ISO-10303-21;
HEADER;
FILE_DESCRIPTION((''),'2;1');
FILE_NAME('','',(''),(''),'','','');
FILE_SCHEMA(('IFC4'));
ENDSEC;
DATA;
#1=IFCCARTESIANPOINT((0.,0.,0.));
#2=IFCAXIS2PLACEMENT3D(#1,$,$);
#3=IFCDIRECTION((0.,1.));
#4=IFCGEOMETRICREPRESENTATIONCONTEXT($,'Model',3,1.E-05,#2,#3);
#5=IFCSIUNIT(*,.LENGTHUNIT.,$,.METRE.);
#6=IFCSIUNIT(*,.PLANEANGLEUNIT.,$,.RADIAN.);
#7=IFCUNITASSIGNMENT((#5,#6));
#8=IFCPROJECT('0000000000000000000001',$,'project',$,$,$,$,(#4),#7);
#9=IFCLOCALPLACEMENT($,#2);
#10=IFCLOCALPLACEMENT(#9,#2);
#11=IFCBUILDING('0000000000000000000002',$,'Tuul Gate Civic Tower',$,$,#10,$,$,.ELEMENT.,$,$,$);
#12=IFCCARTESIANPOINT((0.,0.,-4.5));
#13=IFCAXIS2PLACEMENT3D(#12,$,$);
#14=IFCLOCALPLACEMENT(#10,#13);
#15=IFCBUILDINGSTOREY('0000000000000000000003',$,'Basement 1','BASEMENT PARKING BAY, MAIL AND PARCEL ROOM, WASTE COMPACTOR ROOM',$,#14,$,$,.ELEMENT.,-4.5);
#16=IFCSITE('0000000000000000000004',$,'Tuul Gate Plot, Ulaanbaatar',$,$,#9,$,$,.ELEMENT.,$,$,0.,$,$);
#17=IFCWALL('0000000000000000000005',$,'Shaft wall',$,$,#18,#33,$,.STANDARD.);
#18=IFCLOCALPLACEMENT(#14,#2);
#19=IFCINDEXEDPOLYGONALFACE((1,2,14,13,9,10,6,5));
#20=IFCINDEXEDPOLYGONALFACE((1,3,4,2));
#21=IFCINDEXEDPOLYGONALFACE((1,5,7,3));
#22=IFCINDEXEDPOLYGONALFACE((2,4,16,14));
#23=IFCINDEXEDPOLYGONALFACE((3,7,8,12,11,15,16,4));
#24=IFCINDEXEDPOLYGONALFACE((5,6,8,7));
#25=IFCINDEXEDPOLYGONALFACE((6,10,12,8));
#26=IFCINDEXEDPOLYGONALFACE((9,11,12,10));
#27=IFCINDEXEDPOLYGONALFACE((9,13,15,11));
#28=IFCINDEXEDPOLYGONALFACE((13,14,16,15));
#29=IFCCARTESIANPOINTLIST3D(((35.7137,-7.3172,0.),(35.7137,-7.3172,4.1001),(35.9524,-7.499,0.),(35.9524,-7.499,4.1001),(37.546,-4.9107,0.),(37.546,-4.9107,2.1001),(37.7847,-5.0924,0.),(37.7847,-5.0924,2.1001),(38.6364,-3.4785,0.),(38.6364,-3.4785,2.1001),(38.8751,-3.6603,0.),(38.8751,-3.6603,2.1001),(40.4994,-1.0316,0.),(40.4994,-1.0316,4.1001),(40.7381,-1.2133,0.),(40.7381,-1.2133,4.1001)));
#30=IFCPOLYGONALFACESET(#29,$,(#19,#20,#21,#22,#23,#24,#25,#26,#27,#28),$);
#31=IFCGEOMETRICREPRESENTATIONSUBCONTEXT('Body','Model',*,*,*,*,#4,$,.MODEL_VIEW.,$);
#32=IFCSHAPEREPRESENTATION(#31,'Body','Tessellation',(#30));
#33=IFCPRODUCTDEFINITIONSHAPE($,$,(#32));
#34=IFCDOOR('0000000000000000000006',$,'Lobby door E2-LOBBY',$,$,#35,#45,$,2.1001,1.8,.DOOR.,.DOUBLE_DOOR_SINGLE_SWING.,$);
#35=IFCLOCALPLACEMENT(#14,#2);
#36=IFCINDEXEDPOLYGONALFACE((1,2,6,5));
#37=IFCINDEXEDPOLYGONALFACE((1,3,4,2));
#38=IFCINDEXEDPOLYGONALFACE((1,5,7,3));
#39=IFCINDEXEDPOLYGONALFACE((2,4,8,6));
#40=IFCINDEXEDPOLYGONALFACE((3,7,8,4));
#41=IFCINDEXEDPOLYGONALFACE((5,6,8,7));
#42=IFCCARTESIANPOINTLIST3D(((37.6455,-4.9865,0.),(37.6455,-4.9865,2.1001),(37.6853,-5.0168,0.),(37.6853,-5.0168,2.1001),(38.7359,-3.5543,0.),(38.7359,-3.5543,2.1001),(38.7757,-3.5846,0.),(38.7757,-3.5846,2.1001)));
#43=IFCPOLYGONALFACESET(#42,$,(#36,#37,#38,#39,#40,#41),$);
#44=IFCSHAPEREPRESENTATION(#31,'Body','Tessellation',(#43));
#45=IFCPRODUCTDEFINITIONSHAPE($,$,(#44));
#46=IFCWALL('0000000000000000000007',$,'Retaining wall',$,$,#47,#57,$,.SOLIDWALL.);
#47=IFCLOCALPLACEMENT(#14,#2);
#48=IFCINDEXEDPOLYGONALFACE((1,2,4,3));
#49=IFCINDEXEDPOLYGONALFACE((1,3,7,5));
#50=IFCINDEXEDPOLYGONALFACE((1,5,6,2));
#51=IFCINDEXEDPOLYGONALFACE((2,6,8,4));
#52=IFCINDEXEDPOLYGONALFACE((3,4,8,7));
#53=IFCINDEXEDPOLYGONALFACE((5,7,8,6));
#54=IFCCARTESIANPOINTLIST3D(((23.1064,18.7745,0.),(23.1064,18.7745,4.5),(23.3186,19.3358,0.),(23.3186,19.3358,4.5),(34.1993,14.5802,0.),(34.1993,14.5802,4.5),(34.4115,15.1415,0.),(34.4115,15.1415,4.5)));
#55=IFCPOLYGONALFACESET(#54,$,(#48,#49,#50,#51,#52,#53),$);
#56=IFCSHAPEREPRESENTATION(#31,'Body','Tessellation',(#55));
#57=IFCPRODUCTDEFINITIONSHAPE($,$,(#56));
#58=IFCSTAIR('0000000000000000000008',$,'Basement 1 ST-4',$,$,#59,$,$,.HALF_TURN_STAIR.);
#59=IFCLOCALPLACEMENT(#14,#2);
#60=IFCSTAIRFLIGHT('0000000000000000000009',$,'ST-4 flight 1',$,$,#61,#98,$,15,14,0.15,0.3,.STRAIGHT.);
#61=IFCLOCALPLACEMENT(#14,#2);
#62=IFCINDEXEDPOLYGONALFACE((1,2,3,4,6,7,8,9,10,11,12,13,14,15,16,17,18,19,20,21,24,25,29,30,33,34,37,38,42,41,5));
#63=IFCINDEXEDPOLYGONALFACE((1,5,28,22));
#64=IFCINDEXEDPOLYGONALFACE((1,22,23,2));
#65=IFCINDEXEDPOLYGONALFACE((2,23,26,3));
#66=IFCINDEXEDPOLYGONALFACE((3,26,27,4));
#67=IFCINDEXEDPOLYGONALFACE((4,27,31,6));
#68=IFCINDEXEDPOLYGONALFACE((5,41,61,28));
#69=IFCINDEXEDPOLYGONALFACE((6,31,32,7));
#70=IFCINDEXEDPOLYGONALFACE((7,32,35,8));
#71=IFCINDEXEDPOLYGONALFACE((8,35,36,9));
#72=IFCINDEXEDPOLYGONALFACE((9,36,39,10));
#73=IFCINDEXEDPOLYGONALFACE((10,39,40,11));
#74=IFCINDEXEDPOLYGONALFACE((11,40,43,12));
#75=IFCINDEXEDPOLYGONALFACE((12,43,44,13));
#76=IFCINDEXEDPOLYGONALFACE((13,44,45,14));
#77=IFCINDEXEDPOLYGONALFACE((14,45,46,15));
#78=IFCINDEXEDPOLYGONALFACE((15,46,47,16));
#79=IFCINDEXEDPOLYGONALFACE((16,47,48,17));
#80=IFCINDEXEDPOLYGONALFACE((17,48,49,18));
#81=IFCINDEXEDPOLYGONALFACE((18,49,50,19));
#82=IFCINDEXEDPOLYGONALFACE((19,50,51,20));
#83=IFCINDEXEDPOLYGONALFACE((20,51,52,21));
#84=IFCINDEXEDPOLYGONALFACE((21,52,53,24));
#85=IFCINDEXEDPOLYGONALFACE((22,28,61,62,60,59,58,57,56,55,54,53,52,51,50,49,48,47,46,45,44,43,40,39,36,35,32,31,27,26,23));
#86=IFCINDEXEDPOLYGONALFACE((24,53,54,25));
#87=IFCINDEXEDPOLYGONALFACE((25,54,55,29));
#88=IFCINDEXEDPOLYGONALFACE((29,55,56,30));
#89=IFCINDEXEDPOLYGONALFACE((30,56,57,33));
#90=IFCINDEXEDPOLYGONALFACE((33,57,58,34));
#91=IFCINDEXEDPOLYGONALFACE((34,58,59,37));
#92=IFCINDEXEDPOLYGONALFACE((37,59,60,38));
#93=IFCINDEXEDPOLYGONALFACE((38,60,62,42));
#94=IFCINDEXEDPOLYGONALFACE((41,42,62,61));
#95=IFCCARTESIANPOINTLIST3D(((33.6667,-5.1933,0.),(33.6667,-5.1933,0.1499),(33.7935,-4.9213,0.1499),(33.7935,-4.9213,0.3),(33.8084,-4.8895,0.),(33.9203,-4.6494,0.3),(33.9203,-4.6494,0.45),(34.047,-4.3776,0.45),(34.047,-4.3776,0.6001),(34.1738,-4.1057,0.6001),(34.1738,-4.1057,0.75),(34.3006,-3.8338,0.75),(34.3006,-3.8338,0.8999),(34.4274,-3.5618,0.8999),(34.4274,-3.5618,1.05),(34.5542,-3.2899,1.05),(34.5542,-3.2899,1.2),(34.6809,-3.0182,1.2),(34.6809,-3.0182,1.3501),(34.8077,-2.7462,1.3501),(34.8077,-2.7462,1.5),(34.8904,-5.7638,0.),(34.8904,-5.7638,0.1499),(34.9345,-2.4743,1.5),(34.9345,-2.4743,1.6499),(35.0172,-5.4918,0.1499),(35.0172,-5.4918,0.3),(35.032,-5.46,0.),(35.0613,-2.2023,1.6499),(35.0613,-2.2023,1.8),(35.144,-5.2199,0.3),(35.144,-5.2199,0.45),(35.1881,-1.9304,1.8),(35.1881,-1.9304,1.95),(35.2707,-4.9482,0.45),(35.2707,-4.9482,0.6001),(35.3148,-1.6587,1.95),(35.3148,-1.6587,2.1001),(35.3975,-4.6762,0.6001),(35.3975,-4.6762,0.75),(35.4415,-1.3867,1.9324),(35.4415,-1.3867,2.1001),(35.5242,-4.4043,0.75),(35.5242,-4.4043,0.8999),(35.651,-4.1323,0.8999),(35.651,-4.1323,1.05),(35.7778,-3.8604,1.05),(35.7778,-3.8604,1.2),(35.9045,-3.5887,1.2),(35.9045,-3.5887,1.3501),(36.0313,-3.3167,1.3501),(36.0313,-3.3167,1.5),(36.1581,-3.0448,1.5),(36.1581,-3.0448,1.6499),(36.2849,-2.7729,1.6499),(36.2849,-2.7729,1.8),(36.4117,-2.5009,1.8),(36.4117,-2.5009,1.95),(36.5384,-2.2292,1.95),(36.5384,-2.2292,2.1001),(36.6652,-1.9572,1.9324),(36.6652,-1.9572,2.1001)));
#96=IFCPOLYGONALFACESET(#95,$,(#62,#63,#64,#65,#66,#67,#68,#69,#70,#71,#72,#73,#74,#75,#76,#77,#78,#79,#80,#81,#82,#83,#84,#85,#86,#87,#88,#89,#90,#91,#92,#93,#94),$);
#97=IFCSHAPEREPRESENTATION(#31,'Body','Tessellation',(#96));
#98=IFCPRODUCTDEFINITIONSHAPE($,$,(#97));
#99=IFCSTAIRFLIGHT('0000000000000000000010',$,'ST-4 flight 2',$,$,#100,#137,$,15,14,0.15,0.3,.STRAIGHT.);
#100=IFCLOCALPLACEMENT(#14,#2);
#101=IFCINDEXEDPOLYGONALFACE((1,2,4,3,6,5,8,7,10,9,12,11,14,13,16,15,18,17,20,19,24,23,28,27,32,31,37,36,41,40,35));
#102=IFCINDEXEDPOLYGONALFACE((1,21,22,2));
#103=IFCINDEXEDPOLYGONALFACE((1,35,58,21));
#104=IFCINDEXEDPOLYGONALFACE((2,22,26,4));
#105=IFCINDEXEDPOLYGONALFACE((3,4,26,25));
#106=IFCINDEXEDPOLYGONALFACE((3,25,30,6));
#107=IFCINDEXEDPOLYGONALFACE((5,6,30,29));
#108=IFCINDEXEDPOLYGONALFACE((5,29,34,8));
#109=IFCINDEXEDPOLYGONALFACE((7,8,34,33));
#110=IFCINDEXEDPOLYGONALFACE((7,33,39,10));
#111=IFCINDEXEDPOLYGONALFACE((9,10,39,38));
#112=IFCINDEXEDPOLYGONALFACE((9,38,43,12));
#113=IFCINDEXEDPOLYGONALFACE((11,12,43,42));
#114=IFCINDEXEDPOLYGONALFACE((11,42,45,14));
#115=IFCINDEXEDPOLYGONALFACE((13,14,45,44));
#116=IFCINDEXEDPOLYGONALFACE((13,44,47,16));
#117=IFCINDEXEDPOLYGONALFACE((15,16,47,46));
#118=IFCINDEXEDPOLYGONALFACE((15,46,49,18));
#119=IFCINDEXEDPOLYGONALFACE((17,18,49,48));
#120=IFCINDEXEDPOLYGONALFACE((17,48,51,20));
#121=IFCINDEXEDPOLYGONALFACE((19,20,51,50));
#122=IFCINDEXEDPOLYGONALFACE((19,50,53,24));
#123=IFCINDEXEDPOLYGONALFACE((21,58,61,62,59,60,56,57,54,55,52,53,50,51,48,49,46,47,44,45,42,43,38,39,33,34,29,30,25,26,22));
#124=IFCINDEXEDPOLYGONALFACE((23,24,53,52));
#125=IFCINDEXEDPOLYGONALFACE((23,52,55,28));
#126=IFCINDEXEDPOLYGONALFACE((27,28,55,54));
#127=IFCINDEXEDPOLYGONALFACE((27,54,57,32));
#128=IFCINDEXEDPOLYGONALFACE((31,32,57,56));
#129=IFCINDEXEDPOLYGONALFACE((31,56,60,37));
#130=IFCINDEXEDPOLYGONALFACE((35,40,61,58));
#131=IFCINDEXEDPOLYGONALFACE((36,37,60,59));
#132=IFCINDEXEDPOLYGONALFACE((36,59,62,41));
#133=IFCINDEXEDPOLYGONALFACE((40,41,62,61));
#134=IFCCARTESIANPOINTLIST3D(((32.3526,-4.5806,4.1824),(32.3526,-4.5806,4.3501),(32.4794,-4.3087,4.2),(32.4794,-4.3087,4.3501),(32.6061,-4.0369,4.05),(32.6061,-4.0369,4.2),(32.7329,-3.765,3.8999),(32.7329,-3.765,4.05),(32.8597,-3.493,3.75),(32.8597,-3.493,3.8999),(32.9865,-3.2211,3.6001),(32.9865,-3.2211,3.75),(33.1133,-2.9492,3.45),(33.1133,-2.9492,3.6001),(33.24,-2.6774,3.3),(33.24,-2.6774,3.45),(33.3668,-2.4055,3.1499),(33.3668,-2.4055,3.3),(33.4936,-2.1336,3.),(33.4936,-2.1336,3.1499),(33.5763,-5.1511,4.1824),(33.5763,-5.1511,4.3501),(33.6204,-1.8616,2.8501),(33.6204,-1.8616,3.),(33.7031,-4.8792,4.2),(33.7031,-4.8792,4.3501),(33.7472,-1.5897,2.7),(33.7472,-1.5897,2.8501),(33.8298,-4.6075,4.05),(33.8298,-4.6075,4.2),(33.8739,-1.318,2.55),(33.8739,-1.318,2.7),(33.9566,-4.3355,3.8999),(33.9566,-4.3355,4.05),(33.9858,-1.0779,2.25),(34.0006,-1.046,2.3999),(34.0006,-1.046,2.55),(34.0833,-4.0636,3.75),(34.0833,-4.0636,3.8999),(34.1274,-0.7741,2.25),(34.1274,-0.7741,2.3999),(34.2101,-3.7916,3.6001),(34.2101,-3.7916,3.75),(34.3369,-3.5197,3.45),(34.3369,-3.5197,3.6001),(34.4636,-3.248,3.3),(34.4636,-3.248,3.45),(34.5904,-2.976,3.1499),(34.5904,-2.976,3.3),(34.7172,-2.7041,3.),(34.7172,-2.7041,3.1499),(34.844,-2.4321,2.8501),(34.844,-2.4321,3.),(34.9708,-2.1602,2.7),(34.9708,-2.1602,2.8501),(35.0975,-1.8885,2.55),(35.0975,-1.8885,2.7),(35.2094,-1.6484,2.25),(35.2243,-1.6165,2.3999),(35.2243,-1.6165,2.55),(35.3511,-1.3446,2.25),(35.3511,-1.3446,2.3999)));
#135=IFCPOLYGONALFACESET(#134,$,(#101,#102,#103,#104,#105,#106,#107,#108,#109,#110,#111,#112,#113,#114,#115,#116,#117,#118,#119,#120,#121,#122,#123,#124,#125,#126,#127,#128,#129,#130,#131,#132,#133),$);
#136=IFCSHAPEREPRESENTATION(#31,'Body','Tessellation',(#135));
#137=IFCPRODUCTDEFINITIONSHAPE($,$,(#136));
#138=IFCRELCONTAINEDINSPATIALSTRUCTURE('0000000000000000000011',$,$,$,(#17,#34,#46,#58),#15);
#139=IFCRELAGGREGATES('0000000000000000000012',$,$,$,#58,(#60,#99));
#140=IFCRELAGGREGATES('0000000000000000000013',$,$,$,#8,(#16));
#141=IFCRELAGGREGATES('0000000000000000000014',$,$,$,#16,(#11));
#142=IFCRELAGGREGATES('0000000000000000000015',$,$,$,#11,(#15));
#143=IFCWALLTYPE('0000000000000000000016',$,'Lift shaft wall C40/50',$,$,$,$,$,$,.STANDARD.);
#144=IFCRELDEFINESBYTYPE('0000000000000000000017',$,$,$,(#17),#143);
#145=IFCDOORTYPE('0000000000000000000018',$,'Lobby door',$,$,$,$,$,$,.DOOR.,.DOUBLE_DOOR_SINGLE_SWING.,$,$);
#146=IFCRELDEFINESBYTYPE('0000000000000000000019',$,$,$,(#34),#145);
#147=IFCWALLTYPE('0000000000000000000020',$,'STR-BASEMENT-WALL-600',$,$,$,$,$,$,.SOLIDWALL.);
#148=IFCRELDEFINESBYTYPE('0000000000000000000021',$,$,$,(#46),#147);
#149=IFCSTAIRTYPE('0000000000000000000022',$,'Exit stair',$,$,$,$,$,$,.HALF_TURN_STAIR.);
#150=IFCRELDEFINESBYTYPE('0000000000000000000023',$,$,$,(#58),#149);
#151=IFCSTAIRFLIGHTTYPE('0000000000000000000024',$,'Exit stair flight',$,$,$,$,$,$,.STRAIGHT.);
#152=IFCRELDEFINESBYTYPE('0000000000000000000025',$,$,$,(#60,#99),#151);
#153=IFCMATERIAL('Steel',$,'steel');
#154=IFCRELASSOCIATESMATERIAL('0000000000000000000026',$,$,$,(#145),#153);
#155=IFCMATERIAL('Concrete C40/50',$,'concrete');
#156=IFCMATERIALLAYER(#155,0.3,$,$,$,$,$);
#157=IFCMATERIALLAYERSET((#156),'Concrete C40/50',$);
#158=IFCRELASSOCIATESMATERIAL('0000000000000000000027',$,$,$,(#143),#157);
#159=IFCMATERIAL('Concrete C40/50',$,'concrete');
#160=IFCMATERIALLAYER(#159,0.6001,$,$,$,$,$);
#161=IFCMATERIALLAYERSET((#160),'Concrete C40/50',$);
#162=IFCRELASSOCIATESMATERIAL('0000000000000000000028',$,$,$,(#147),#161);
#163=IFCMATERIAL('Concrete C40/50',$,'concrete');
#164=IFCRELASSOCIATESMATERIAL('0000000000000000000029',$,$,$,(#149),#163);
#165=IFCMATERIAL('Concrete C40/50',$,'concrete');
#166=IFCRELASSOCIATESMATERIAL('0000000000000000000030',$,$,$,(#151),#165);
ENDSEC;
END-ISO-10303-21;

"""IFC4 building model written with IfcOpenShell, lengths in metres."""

from ifc_helpers import new_model, si_unit, direction, frame, frame_2d, origin, place, context, subcontext, project, spatial, polyline, rectangle, outline, extrude, material, layer, layer_set, type_object, element, fill, aggregate, save


model = new_model("IFC4")

# Units and contexts
model_context = context("Model", 3, precision=1e-05, world=origin(), true_north=direction((0.0, 1.0)))
body_context = subcontext(model_context, "Body", "Model", "MODEL_VIEW")
ifc_project = project(units=[si_unit("LENGTHUNIT", "METRE"), si_unit("PLANEANGLEUNIT", "RADIAN")], contexts=[model_context])

# Site, building, storey
site_placement = place(None, origin())
site = spatial("IfcSite", under=ifc_project, at=site_placement, Name="Tuul Gate Plot, Ulaanbaatar", CompositionType="ELEMENT", RefElevation=0.0)
building_placement = place(site_placement, origin())
building = spatial("IfcBuilding", under=site, at=building_placement, Name="Tuul Gate Civic Tower", CompositionType="ELEMENT")
storey_placement = place(building_placement, frame((0.0, 0.0, -4.5)))
storey = spatial("IfcBuildingStorey", under=building, at=storey_placement, Name="Basement 1", Description="BASEMENT PARKING BAY, MAIL AND PARCEL ROOM, WASTE COMPACTOR ROOM", CompositionType="ELEMENT", Elevation=-4.5)

# Shared definitions
ifc_material_1 = material(Name="Steel", Category="steel")
door_type = type_object("IfcDoorType", Name="Lobby door", OperationType="DOUBLE_DOOR_SINGLE_SWING", PredefinedType="DOOR", material=ifc_material_1)

# Shared definitions
ifc_material_2 = material(Name="Concrete C40/50", Category="concrete")
ifc_layer_1 = layer(ifc_material_2, 0.3)
ifc_layer_set_1 = layer_set([ifc_layer_1], Name="Concrete C40/50")
wall_type_1 = type_object("IfcWallType", Name="Lift shaft wall C40/50", PredefinedType="STANDARD", material=ifc_layer_set_1)

# Wall, opening, door
wall_1_placement = place(storey_placement, frame((35.833, -7.4082, 0.0), z_axis=(0.0, 0.0, 1.0), x_axis=(0.605769, 0.79564, 0.0)))
wall_1 = element("IfcWall", 1, at=wall_1_placement, inside=storey, type_object=wall_type_1, Name="Shaft wall", PredefinedType="STANDARD", context=body_context, shape_type="SweptSolid", body=[
    extrude(rectangle(XDim=7.9001, YDim=0.3, at=frame_2d((3.9502, 0.0))), origin(), (0.0, 0.0, 1.0), 4.1001),
])
opening_1_placement = place(wall_1_placement, frame((3.0249, 0.0, 0.0)))
opening_1 = element("IfcOpeningElement", 2, at=opening_1_placement, cuts=wall_1, PredefinedType="OPENING", context=body_context, shape_type="SweptSolid", body=[
    extrude(rectangle(XDim=1.8, YDim=2.1001, at=frame_2d((0.8999, 1.05))), frame((0.0, 0.1602, 0.0), z_axis=(0.0, -1.0, 0.0), x_axis=(1.0, 0.0, 0.0)), (0.0, 0.0, 1.0), 0.3201),
])
door_1_placement = place(opening_1_placement, origin())
door_1 = element("IfcDoor", 3, at=door_1_placement, inside=storey, type_object=door_type, Name="Lobby door E2-LOBBY", OperationType="DOUBLE_DOOR_SINGLE_SWING", OverallHeight=2.1001, OverallWidth=1.8, PredefinedType="DOOR", context=body_context, shape_type="SweptSolid", body=[
    extrude(rectangle(XDim=1.8, YDim=2.1001, at=frame_2d((0.8999, 1.05))), frame((0.0, 0.0249, 0.0), z_axis=(0.0, -1.0, 0.0), x_axis=(1.0, 0.0, 0.0)), (0.0, 0.0, 1.0), 0.05),
])
fill(opening_1, door_1)

# Wall
ifc_material_3 = material(Name="Concrete C40/50", Category="concrete")
ifc_layer_2 = layer(ifc_material_3, 0.6001)
ifc_layer_set_2 = layer_set([ifc_layer_2], Name="Concrete C40/50")
wall_type_2 = type_object("IfcWallType", Name="STR-BASEMENT-WALL-600", PredefinedType="SOLIDWALL", material=ifc_layer_set_2)
wall_2_placement = place(storey_placement, frame((34.3054, 14.8608, 0.0), z_axis=(0.0, 0.0, 1.0), x_axis=(-0.935371, 0.353669, 0.0)))
element("IfcWall", 4, at=wall_2_placement, inside=storey, type_object=wall_type_2, Name="Retaining wall", PredefinedType="SOLIDWALL", context=body_context, shape_type="SweptSolid", body=[
    extrude(rectangle(XDim=11.8594, YDim=0.6001, at=frame_2d((5.9297, 0.0))), origin(), (0.0, 0.0, 1.0), 4.5),
])

# Stair, stair flights
ifc_material_4 = material(Name="Concrete C40/50", Category="concrete")
stair_type = type_object("IfcStairType", Name="Exit stair", PredefinedType="HALF_TURN_STAIR", material=ifc_material_4)
stair_placement = place(storey_placement, origin())
stair = element("IfcStair", 5, at=stair_placement, inside=storey, type_object=stair_type, Name="Basement 1 ST-4", PredefinedType="HALF_TURN_STAIR")
ifc_material_5 = material(Name="Concrete C40/50", Category="concrete")
stair_flight_type = type_object("IfcStairFlightType", Name="Exit stair flight", PredefinedType="STRAIGHT", material=ifc_material_5)
stair_flight_1_placement = place(storey_placement, frame((34.2786, -5.4785, 0.0), z_axis=(0.0, 0.0, 1.0), x_axis=(0.422576, 0.906327, 0.0)))
stair_flight_1 = element("IfcStairFlight", 6, at=stair_flight_1_placement, type_object=stair_flight_type, Name="ST-4 flight 1", NumberOfRisers=15, NumberOfTreads=14, PredefinedType="STRAIGHT", RiserHeight=0.15, TreadLength=0.3, context=body_context, shape_type="SweptSolid", body=[
    extrude(outline(polyline([(0.0, 0.0), (0.0, 0.1499), (0.3, 0.1499), (0.3, 0.3), (0.6001, 0.3), (0.6001, 0.45), (0.8999, 0.45), (0.8999, 0.6001), (1.2, 0.6001), (1.2, 0.75), (1.5, 0.75), (1.5, 0.8999), (1.8, 0.8999), (1.8, 1.05), (2.1001, 1.05), (2.1001, 1.2), (2.3999, 1.2), (2.3999, 1.3501), (2.7, 1.3501), (2.7, 1.5), (3.0, 1.5), (3.0, 1.6499), (3.3, 1.6499), (3.3, 1.8), (3.6001, 1.8), (3.6001, 1.95), (3.8999, 1.95), (3.8999, 2.1001), (4.2, 2.1001), (4.2, 2.25), (4.2, 1.9324), (0.3352, 0.0), (0.0, 0.0)])), frame((0.0, 0.675, 0.0), z_axis=(0.0, -1.0, 0.0), x_axis=(1.0, 0.0, 0.0)), (0.0, 0.0, 1.0), 1.3501),
])
stair_flight_2_placement = place(storey_placement, frame((34.7393, -1.0593, 2.25), z_axis=(0.0, 0.0, 1.0), x_axis=(-0.422576, -0.906327, 0.0)))
stair_flight_2 = element("IfcStairFlight", 7, at=stair_flight_2_placement, type_object=stair_flight_type, Name="ST-4 flight 2", NumberOfRisers=15, NumberOfTreads=14, PredefinedType="STRAIGHT", RiserHeight=0.15, TreadLength=0.3, context=body_context, shape_type="SweptSolid", body=[
    extrude(outline(polyline([(0.0, 0.0), (0.0, 0.1499), (0.3, 0.1499), (0.3, 0.3), (0.6001, 0.3), (0.6001, 0.45), (0.8999, 0.45), (0.8999, 0.6001), (1.2, 0.6001), (1.2, 0.75), (1.5, 0.75), (1.5, 0.8999), (1.8, 0.8999), (1.8, 1.05), (2.1001, 1.05), (2.1001, 1.2), (2.3999, 1.2), (2.3999, 1.3501), (2.7, 1.3501), (2.7, 1.5), (3.0, 1.5), (3.0, 1.6499), (3.3, 1.6499), (3.3, 1.8), (3.6001, 1.8), (3.6001, 1.95), (3.8999, 1.95), (3.8999, 2.1001), (4.2, 2.1001), (4.2, 2.25), (4.2, 1.9324), (0.3352, 0.0), (0.0, 0.0)])), frame((0.0, 0.675, 0.0), z_axis=(0.0, -1.0, 0.0), x_axis=(1.0, 0.0, 0.0)), (0.0, 0.0, 1.0), 1.3501),
])
aggregate(stair, [stair_flight_1, stair_flight_2])

save(model, "model.ifc")
